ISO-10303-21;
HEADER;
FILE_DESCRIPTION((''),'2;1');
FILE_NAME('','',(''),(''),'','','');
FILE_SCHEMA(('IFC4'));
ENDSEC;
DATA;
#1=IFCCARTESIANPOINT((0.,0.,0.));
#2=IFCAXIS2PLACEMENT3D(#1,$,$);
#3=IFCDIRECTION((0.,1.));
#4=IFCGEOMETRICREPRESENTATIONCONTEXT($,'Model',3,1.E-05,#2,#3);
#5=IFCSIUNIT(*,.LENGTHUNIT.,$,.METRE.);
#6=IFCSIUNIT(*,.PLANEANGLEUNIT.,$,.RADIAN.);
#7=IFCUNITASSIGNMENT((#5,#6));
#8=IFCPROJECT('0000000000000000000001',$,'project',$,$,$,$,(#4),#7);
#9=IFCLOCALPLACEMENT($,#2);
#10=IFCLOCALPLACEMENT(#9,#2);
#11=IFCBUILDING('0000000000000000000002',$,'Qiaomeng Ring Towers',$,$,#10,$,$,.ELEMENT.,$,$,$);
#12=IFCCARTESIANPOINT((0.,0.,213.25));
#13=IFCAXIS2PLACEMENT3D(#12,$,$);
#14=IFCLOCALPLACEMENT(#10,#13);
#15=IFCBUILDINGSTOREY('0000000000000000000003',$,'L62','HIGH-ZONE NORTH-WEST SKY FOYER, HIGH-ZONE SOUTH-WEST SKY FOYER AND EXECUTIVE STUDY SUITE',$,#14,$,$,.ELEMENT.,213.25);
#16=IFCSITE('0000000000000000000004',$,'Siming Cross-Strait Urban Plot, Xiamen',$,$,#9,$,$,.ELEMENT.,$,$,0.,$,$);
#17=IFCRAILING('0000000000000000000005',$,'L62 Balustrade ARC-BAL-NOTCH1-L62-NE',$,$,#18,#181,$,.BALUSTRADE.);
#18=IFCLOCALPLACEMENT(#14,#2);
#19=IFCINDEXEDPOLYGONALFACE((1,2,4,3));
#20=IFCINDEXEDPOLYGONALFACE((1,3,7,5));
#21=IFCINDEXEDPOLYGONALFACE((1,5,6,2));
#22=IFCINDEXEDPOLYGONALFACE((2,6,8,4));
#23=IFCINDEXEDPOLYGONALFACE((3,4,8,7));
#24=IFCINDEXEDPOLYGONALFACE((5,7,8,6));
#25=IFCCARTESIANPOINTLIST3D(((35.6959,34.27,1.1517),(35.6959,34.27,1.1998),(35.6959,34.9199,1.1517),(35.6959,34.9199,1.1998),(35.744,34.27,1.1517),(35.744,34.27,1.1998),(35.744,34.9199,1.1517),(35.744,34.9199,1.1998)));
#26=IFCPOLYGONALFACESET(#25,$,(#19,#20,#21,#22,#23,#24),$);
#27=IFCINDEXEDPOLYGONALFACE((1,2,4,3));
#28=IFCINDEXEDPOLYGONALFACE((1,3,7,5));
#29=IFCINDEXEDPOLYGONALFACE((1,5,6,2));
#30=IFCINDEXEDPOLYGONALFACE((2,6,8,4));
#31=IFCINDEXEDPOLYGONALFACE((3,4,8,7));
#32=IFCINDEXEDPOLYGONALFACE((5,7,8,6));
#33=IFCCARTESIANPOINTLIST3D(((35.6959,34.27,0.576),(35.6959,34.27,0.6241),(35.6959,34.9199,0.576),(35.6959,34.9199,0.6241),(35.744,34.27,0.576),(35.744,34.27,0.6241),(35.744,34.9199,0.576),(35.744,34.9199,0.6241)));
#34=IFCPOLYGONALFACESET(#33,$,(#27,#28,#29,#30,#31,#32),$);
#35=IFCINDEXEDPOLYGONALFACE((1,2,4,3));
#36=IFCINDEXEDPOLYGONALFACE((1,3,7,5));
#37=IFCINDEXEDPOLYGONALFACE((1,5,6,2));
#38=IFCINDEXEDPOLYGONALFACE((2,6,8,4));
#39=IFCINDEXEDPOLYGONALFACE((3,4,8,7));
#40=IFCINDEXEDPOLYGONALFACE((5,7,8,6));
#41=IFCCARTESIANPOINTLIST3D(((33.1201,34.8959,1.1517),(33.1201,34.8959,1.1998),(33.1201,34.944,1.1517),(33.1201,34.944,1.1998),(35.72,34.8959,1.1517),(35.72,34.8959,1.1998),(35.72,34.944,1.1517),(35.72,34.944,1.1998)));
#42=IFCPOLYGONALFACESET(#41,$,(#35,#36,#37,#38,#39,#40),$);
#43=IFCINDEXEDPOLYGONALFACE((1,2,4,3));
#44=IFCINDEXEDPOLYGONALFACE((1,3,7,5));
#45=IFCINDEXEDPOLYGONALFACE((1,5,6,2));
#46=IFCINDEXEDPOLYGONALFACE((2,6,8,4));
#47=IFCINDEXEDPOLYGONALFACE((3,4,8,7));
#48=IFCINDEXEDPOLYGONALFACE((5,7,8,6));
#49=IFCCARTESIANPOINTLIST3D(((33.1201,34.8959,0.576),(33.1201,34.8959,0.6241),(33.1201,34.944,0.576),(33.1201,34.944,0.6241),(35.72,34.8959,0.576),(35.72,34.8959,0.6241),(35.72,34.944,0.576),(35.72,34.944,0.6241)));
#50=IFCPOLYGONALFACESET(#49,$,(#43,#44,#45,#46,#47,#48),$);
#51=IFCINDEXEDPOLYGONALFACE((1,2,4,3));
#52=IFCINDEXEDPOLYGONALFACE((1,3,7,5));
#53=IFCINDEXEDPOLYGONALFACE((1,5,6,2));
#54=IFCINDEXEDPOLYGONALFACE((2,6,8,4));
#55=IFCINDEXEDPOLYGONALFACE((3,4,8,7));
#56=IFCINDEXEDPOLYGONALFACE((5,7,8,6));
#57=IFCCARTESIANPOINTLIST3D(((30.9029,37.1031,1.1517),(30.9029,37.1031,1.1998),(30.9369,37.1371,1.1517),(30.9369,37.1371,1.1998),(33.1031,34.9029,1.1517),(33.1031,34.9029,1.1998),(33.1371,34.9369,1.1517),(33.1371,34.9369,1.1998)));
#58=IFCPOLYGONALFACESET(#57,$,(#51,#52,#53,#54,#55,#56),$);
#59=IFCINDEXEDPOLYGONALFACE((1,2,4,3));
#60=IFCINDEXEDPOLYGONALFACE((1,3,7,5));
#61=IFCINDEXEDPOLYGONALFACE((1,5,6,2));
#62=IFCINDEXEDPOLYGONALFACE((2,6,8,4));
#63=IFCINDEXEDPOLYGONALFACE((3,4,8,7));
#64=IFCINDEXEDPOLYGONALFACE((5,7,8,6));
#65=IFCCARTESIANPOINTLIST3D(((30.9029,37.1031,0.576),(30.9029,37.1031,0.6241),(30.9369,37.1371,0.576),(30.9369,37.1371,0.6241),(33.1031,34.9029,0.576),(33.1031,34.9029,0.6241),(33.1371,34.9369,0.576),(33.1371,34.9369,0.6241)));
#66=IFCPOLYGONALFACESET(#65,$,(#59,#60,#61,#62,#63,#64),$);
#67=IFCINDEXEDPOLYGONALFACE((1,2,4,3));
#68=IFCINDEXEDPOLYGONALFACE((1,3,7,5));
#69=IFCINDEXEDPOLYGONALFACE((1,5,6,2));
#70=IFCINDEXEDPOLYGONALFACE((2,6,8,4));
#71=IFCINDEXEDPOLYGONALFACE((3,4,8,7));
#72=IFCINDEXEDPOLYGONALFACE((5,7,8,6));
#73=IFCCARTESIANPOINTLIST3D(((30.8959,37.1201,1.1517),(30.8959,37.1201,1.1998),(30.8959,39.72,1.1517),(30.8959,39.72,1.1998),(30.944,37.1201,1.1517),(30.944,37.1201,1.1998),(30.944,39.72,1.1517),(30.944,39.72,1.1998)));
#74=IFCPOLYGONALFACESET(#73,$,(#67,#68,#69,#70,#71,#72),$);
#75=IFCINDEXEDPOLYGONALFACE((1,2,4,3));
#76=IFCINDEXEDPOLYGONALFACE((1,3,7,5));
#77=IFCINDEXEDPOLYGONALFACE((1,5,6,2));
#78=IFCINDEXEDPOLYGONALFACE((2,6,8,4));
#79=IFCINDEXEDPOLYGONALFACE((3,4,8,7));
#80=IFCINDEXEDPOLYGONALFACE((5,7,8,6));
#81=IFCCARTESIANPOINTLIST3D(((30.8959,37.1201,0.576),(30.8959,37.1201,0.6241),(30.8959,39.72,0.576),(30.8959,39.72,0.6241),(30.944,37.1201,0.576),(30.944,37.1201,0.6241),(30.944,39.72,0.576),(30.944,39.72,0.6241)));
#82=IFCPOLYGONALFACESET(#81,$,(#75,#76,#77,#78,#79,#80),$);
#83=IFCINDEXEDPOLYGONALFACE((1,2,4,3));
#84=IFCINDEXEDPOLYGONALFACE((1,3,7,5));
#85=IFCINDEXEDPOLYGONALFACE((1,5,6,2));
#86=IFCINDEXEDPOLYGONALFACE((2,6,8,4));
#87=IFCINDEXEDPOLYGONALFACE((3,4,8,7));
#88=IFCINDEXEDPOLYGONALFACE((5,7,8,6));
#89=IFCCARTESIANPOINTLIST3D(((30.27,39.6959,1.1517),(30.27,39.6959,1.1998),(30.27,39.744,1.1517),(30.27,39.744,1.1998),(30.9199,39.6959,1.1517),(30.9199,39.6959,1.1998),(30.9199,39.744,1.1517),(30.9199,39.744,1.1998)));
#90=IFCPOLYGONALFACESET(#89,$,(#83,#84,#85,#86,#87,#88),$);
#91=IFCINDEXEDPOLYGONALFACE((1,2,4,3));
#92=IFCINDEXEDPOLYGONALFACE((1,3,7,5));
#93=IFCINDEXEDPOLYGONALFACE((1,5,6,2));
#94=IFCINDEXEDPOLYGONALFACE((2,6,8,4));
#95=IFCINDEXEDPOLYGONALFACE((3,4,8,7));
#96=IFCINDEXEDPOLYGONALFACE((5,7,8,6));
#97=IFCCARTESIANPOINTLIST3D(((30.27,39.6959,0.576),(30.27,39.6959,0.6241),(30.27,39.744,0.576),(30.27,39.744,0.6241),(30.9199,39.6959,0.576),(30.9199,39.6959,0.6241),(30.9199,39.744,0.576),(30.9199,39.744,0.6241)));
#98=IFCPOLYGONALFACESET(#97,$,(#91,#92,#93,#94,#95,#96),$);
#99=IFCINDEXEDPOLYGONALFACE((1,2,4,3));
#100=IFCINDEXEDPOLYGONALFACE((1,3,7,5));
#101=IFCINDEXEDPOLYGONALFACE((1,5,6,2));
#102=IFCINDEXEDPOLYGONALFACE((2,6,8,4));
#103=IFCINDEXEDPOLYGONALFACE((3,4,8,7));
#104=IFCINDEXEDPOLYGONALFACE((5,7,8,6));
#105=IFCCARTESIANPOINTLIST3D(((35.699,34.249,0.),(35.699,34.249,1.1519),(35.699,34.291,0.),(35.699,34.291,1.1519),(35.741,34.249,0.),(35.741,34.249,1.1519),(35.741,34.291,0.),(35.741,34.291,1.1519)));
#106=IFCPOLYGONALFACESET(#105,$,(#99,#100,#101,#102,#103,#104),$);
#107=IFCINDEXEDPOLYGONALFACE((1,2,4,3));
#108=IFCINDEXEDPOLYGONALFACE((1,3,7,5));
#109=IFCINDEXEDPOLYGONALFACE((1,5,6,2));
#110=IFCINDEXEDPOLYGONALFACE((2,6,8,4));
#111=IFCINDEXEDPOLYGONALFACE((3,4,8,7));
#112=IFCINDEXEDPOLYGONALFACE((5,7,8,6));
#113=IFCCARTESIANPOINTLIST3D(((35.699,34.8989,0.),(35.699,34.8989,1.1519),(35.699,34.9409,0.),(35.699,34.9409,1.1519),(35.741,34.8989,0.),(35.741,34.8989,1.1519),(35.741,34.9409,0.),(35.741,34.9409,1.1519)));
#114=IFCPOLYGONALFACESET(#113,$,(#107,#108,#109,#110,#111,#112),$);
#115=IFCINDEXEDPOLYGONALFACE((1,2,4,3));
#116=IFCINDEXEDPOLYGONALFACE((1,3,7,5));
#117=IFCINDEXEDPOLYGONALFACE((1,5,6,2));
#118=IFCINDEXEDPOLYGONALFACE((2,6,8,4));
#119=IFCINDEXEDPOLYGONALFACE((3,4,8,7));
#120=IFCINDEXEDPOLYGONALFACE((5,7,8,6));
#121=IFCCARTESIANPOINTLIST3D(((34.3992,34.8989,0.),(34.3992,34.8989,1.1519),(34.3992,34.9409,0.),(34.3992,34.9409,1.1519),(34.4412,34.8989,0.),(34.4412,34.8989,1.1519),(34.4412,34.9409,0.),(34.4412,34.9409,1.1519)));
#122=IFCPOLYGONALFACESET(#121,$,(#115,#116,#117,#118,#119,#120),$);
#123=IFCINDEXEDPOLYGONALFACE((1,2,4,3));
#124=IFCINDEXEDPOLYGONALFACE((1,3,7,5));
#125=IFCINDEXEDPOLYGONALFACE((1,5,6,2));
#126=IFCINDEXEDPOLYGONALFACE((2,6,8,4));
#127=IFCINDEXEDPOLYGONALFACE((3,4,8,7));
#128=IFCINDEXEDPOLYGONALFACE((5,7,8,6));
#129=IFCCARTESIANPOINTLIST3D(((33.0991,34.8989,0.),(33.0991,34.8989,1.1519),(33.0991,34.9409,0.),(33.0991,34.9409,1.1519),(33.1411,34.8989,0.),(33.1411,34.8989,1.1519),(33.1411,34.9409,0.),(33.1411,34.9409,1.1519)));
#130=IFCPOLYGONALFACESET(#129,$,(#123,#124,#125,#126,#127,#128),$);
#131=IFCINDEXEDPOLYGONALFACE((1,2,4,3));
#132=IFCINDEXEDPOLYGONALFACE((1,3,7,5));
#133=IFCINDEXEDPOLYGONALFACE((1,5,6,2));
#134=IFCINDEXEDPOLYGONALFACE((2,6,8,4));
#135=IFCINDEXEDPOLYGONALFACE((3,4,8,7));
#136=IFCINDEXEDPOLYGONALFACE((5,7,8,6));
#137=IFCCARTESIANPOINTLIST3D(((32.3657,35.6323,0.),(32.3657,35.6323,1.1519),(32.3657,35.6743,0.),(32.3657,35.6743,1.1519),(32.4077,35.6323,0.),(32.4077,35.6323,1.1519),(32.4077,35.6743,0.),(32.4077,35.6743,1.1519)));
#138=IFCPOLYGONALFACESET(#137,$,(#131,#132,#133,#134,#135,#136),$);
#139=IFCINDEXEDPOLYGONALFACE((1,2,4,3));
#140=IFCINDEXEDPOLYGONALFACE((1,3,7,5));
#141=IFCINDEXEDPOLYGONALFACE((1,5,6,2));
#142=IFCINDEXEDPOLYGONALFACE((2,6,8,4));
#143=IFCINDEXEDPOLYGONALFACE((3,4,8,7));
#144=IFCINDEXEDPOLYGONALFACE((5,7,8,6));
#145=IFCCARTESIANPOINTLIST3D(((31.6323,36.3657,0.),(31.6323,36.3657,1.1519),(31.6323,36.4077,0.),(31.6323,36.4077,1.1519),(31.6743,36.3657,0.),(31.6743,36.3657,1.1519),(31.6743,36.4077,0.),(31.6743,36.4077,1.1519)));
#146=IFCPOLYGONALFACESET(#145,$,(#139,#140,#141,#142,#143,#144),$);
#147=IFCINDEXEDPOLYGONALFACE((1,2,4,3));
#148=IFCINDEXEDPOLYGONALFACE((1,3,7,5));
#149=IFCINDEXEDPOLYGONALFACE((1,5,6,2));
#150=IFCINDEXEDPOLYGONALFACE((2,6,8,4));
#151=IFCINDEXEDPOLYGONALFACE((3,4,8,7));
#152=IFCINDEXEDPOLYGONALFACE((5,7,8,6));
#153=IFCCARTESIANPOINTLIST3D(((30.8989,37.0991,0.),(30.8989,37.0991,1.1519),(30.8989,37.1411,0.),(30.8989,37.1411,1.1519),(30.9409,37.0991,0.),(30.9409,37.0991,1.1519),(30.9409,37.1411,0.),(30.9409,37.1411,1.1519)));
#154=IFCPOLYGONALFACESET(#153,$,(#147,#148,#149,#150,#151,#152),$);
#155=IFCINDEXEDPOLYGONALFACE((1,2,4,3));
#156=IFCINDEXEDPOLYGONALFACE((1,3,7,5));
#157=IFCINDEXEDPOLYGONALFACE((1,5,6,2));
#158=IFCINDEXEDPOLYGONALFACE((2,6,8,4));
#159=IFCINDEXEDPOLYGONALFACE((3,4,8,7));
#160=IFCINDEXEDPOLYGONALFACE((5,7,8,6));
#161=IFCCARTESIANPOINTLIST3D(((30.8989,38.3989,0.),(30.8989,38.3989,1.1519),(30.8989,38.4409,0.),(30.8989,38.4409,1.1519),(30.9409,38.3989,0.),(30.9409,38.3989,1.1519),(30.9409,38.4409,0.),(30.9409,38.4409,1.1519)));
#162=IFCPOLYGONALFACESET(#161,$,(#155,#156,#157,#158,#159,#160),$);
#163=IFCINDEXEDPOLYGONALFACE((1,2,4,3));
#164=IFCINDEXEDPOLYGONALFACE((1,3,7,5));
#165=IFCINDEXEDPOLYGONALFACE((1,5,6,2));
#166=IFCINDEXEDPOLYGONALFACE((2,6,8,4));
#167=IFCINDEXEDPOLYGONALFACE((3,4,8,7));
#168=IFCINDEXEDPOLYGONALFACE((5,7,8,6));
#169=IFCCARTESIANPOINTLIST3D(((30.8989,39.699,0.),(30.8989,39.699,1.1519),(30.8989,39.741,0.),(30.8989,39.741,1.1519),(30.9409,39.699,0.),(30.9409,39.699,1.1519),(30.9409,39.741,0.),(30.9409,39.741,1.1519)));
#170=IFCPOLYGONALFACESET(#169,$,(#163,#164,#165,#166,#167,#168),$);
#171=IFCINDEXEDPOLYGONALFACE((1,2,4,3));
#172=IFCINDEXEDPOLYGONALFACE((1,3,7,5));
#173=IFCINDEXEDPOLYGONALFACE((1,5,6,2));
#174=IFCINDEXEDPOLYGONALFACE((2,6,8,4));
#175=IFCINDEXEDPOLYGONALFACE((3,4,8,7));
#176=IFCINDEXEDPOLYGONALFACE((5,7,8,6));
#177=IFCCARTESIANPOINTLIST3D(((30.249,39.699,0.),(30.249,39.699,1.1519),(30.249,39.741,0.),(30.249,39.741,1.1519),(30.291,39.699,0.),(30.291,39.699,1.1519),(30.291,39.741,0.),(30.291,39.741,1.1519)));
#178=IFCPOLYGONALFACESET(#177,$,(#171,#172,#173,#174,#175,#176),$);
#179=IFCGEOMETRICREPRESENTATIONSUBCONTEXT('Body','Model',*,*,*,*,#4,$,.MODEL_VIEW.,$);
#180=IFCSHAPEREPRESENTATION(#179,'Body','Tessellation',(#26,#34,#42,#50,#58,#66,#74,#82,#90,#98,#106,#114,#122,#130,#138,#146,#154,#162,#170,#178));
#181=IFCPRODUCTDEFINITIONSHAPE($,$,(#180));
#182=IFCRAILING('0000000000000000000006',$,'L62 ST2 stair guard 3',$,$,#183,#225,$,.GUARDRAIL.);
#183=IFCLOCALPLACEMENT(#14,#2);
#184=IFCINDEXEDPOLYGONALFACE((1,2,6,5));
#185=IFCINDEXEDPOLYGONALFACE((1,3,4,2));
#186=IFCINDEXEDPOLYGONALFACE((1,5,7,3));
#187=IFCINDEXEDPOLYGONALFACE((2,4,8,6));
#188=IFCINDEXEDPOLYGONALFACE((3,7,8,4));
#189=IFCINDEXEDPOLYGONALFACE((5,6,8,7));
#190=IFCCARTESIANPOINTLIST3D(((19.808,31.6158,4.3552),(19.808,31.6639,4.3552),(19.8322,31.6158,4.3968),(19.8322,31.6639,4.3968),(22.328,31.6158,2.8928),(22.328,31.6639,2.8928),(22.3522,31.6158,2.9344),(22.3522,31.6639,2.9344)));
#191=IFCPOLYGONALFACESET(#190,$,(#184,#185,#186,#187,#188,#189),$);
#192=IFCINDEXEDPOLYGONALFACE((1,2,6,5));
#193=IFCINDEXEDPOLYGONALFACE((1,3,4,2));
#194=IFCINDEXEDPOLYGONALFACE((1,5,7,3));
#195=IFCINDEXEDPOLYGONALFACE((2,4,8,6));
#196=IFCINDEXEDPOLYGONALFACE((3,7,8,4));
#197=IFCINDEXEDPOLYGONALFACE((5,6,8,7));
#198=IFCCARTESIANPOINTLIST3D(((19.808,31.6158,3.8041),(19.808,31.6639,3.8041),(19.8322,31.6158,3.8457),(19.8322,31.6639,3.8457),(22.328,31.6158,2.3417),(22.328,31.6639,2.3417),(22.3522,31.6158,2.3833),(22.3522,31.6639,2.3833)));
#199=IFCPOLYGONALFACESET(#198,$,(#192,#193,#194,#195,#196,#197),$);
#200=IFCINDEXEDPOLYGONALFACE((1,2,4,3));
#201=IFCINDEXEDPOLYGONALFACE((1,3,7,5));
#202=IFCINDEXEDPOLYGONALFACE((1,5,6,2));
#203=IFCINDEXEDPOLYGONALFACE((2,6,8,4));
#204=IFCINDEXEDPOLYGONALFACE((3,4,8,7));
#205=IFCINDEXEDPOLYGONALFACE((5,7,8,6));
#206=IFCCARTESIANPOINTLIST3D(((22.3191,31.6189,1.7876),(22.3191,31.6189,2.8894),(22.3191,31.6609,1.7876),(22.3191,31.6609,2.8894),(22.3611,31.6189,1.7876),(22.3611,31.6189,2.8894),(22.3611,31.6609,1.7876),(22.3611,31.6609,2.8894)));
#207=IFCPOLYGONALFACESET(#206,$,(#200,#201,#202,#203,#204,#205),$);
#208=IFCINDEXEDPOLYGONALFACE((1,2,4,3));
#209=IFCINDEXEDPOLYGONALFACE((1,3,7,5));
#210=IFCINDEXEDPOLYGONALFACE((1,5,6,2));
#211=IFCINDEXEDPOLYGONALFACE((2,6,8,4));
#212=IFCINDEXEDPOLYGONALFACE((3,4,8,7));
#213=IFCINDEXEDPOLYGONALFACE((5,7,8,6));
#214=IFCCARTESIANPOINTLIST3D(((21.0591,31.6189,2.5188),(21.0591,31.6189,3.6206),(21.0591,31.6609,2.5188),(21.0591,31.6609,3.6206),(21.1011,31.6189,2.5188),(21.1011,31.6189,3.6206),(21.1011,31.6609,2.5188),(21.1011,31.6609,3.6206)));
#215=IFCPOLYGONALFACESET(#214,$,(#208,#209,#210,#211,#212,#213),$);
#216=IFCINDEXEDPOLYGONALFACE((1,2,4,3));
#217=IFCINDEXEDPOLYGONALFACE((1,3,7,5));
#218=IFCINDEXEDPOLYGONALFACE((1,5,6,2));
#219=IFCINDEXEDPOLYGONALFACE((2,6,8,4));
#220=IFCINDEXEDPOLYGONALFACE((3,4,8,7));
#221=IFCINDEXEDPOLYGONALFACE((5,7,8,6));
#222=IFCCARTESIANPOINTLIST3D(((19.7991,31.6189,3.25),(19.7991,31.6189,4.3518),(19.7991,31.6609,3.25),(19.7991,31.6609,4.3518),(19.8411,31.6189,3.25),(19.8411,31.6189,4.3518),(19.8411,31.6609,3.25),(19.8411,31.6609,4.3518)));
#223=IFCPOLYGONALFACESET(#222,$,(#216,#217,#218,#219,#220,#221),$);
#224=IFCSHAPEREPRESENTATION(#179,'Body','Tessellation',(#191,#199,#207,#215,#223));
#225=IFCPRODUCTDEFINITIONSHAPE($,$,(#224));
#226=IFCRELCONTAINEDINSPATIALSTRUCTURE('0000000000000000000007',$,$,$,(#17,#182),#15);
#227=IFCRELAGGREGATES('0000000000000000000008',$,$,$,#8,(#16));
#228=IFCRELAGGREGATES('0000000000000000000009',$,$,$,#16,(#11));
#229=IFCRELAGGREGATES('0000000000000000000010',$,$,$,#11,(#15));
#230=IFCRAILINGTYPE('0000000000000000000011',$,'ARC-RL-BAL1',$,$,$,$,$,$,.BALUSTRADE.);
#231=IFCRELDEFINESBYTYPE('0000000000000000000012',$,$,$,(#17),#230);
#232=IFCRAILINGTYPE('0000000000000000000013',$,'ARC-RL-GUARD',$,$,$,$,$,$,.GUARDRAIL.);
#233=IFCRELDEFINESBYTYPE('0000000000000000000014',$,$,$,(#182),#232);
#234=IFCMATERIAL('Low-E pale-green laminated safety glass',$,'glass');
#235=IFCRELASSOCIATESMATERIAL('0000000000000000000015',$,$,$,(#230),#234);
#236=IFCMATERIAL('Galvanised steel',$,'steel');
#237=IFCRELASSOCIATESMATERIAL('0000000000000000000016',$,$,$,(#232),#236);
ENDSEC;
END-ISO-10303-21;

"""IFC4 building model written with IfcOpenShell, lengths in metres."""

from ifc_helpers import new_model, si_unit, direction, frame, origin, origin_2d, place, context, subcontext, project, spatial, rectangle, extrude, material, type_object, element, save


model = new_model("IFC4")

# Units and contexts
model_context = context("Model", 3, precision=1e-05, world=origin(), true_north=direction((0.0, 1.0)))
body_context = subcontext(model_context, "Body", "Model", "MODEL_VIEW")
ifc_project = project(units=[si_unit("LENGTHUNIT", "METRE"), si_unit("PLANEANGLEUNIT", "RADIAN")], contexts=[model_context])

# Site, building, storey
site_placement = place(None, origin())
site = spatial("IfcSite", under=ifc_project, at=site_placement, Name="Siming Cross-Strait Urban Plot, Xiamen", CompositionType="ELEMENT", RefElevation=0.0)
building_placement = place(site_placement, origin())
building = spatial("IfcBuilding", under=site, at=building_placement, Name="Qiaomeng Ring Towers", CompositionType="ELEMENT")
storey_placement = place(building_placement, frame((0.0, 0.0, 213.25)))
storey = spatial("IfcBuildingStorey", under=building, at=storey_placement, Name="L62", Description="HIGH-ZONE NORTH-WEST SKY FOYER, HIGH-ZONE SOUTH-WEST SKY FOYER AND EXECUTIVE STUDY SUITE", CompositionType="ELEMENT", Elevation=213.25)

# Railings
ifc_material_1 = material(Name="Low-E pale-green laminated safety glass", Category="glass")
railing_type_1 = type_object("IfcRailingType", Name="ARC-RL-BAL1", PredefinedType="BALUSTRADE", material=ifc_material_1)
railing_1_placement = place(storey_placement, frame((35.72, 34.27, 0.0)))
element("IfcRailing", 1, at=railing_1_placement, inside=storey, type_object=railing_type_1, Name="L62 Balustrade ARC-BAL-NOTCH1-L62-NE", PredefinedType="BALUSTRADE", context=body_context, shape_type="SweptSolid", body=[
    extrude(rectangle(XDim=0.0481, YDim=0.0481, at=origin_2d()), frame((0.0, 0.0, 1.1758), z_axis=(0.0, 1.0, 0.0), x_axis=(-1.0, 0.0, 0.0)), (0.0, 0.0, 1.0), 0.6499),
    extrude(rectangle(XDim=0.0481, YDim=0.0481, at=origin_2d()), frame((0.0, 0.0, 0.6001), z_axis=(0.0, 1.0, 0.0), x_axis=(-1.0, 0.0, 0.0)), (0.0, 0.0, 1.0), 0.6499),
    extrude(rectangle(XDim=0.0481, YDim=0.0481, at=origin_2d()), frame((0.0, 0.6499, 1.1758), z_axis=(-1.0, 0.0, 0.0), x_axis=(0.0, -1.0, 0.0)), (0.0, 0.0, 1.0), 2.5999),
    extrude(rectangle(XDim=0.0481, YDim=0.0481, at=origin_2d()), frame((0.0, 0.6499, 0.6001), z_axis=(-1.0, 0.0, 0.0), x_axis=(0.0, -1.0, 0.0)), (0.0, 0.0, 1.0), 2.5999),
    extrude(rectangle(XDim=0.0481, YDim=0.0481, at=origin_2d()), frame((-2.5999, 0.6499, 1.1758), z_axis=(-0.707107, 0.707107, 0.0), x_axis=(-0.707107, -0.707107, 0.0)), (0.0, 0.0, 1.0), 3.1116),
    extrude(rectangle(XDim=0.0481, YDim=0.0481, at=origin_2d()), frame((-2.5999, 0.6499, 0.6001), z_axis=(-0.707107, 0.707107, 0.0), x_axis=(-0.707107, -0.707107, 0.0)), (0.0, 0.0, 1.0), 3.1116),
    extrude(rectangle(XDim=0.0481, YDim=0.0481, at=origin_2d()), frame((-4.8, 2.8501, 1.1758), z_axis=(0.0, 1.0, 0.0), x_axis=(-1.0, 0.0, 0.0)), (0.0, 0.0, 1.0), 2.5999),
    extrude(rectangle(XDim=0.0481, YDim=0.0481, at=origin_2d()), frame((-4.8, 2.8501, 0.6001), z_axis=(0.0, 1.0, 0.0), x_axis=(-1.0, 0.0, 0.0)), (0.0, 0.0, 1.0), 2.5999),
    extrude(rectangle(XDim=0.0481, YDim=0.0481, at=origin_2d()), frame((-4.8, 5.45, 1.1758), z_axis=(-1.0, 0.0, 0.0), x_axis=(0.0, -1.0, 0.0)), (0.0, 0.0, 1.0), 0.6499),
    extrude(rectangle(XDim=0.0481, YDim=0.0481, at=origin_2d()), frame((-4.8, 5.45, 0.6001), z_axis=(-1.0, 0.0, 0.0), x_axis=(0.0, -1.0, 0.0)), (0.0, 0.0, 1.0), 0.6499),
    extrude(rectangle(XDim=0.042, YDim=0.042, at=origin_2d()), origin(), (0.0, 0.0, 1.0), 1.1519),
    extrude(rectangle(XDim=0.042, YDim=0.042, at=origin_2d()), frame((0.0, 0.6499, 0.0)), (0.0, 0.0, 1.0), 1.1519),
    extrude(rectangle(XDim=0.042, YDim=0.042, at=origin_2d()), frame((-1.2998, 0.6499, 0.0)), (0.0, 0.0, 1.0), 1.1519),
    extrude(rectangle(XDim=0.042, YDim=0.042, at=origin_2d()), frame((-2.5999, 0.6499, 0.0)), (0.0, 0.0, 1.0), 1.1519),
    extrude(rectangle(XDim=0.042, YDim=0.042, at=origin_2d()), frame((-3.3333, 1.3833, 0.0)), (0.0, 0.0, 1.0), 1.1519),
    extrude(rectangle(XDim=0.042, YDim=0.042, at=origin_2d()), frame((-4.0667, 2.1167, 0.0)), (0.0, 0.0, 1.0), 1.1519),
    extrude(rectangle(XDim=0.042, YDim=0.042, at=origin_2d()), frame((-4.8, 2.8501, 0.0)), (0.0, 0.0, 1.0), 1.1519),
    extrude(rectangle(XDim=0.042, YDim=0.042, at=origin_2d()), frame((-4.8, 4.1499, 0.0)), (0.0, 0.0, 1.0), 1.1519),
    extrude(rectangle(XDim=0.042, YDim=0.042, at=origin_2d()), frame((-4.8, 5.45, 0.0)), (0.0, 0.0, 1.0), 1.1519),
    extrude(rectangle(XDim=0.042, YDim=0.042, at=origin_2d()), frame((-5.45, 5.45, 0.0)), (0.0, 0.0, 1.0), 1.1519),
])
ifc_material_2 = material(Name="Galvanised steel", Category="steel")
railing_type_2 = type_object("IfcRailingType", Name="ARC-RL-GUARD", PredefinedType="GUARDRAIL", material=ifc_material_2)
railing_2_placement = place(storey_placement, frame((22.3401, 31.6399, 1.7876)))
element("IfcRailing", 2, at=railing_2_placement, inside=storey, type_object=railing_type_2, Name="L62 ST2 stair guard 3", PredefinedType="GUARDRAIL", context=body_context, shape_type="SweptSolid", body=[
    extrude(rectangle(XDim=0.0481, YDim=0.0481, at=origin_2d()), frame((0.0, 0.0, 1.126), z_axis=(-0.864913, 0.0, 0.501921), x_axis=(0.0, -1.0, 0.0)), (0.0, 0.0, 1.0), 2.9136),
    extrude(rectangle(XDim=0.0481, YDim=0.0481, at=origin_2d()), frame((0.0, 0.0, 0.575), z_axis=(-0.864913, 0.0, 0.501921), x_axis=(0.0, -1.0, 0.0)), (0.0, 0.0, 1.0), 2.9136),
    extrude(rectangle(XDim=0.042, YDim=0.042, at=origin_2d()), origin(), (0.0, 0.0, 1.0), 1.1018),
    extrude(rectangle(XDim=0.042, YDim=0.042, at=origin_2d()), frame((-1.26, 0.0, 0.7312)), (0.0, 0.0, 1.0), 1.1018),
    extrude(rectangle(XDim=0.042, YDim=0.042, at=origin_2d()), frame((-2.52, 0.0, 1.4624)), (0.0, 0.0, 1.0), 1.1018),
])

save(model, "model.ifc")
